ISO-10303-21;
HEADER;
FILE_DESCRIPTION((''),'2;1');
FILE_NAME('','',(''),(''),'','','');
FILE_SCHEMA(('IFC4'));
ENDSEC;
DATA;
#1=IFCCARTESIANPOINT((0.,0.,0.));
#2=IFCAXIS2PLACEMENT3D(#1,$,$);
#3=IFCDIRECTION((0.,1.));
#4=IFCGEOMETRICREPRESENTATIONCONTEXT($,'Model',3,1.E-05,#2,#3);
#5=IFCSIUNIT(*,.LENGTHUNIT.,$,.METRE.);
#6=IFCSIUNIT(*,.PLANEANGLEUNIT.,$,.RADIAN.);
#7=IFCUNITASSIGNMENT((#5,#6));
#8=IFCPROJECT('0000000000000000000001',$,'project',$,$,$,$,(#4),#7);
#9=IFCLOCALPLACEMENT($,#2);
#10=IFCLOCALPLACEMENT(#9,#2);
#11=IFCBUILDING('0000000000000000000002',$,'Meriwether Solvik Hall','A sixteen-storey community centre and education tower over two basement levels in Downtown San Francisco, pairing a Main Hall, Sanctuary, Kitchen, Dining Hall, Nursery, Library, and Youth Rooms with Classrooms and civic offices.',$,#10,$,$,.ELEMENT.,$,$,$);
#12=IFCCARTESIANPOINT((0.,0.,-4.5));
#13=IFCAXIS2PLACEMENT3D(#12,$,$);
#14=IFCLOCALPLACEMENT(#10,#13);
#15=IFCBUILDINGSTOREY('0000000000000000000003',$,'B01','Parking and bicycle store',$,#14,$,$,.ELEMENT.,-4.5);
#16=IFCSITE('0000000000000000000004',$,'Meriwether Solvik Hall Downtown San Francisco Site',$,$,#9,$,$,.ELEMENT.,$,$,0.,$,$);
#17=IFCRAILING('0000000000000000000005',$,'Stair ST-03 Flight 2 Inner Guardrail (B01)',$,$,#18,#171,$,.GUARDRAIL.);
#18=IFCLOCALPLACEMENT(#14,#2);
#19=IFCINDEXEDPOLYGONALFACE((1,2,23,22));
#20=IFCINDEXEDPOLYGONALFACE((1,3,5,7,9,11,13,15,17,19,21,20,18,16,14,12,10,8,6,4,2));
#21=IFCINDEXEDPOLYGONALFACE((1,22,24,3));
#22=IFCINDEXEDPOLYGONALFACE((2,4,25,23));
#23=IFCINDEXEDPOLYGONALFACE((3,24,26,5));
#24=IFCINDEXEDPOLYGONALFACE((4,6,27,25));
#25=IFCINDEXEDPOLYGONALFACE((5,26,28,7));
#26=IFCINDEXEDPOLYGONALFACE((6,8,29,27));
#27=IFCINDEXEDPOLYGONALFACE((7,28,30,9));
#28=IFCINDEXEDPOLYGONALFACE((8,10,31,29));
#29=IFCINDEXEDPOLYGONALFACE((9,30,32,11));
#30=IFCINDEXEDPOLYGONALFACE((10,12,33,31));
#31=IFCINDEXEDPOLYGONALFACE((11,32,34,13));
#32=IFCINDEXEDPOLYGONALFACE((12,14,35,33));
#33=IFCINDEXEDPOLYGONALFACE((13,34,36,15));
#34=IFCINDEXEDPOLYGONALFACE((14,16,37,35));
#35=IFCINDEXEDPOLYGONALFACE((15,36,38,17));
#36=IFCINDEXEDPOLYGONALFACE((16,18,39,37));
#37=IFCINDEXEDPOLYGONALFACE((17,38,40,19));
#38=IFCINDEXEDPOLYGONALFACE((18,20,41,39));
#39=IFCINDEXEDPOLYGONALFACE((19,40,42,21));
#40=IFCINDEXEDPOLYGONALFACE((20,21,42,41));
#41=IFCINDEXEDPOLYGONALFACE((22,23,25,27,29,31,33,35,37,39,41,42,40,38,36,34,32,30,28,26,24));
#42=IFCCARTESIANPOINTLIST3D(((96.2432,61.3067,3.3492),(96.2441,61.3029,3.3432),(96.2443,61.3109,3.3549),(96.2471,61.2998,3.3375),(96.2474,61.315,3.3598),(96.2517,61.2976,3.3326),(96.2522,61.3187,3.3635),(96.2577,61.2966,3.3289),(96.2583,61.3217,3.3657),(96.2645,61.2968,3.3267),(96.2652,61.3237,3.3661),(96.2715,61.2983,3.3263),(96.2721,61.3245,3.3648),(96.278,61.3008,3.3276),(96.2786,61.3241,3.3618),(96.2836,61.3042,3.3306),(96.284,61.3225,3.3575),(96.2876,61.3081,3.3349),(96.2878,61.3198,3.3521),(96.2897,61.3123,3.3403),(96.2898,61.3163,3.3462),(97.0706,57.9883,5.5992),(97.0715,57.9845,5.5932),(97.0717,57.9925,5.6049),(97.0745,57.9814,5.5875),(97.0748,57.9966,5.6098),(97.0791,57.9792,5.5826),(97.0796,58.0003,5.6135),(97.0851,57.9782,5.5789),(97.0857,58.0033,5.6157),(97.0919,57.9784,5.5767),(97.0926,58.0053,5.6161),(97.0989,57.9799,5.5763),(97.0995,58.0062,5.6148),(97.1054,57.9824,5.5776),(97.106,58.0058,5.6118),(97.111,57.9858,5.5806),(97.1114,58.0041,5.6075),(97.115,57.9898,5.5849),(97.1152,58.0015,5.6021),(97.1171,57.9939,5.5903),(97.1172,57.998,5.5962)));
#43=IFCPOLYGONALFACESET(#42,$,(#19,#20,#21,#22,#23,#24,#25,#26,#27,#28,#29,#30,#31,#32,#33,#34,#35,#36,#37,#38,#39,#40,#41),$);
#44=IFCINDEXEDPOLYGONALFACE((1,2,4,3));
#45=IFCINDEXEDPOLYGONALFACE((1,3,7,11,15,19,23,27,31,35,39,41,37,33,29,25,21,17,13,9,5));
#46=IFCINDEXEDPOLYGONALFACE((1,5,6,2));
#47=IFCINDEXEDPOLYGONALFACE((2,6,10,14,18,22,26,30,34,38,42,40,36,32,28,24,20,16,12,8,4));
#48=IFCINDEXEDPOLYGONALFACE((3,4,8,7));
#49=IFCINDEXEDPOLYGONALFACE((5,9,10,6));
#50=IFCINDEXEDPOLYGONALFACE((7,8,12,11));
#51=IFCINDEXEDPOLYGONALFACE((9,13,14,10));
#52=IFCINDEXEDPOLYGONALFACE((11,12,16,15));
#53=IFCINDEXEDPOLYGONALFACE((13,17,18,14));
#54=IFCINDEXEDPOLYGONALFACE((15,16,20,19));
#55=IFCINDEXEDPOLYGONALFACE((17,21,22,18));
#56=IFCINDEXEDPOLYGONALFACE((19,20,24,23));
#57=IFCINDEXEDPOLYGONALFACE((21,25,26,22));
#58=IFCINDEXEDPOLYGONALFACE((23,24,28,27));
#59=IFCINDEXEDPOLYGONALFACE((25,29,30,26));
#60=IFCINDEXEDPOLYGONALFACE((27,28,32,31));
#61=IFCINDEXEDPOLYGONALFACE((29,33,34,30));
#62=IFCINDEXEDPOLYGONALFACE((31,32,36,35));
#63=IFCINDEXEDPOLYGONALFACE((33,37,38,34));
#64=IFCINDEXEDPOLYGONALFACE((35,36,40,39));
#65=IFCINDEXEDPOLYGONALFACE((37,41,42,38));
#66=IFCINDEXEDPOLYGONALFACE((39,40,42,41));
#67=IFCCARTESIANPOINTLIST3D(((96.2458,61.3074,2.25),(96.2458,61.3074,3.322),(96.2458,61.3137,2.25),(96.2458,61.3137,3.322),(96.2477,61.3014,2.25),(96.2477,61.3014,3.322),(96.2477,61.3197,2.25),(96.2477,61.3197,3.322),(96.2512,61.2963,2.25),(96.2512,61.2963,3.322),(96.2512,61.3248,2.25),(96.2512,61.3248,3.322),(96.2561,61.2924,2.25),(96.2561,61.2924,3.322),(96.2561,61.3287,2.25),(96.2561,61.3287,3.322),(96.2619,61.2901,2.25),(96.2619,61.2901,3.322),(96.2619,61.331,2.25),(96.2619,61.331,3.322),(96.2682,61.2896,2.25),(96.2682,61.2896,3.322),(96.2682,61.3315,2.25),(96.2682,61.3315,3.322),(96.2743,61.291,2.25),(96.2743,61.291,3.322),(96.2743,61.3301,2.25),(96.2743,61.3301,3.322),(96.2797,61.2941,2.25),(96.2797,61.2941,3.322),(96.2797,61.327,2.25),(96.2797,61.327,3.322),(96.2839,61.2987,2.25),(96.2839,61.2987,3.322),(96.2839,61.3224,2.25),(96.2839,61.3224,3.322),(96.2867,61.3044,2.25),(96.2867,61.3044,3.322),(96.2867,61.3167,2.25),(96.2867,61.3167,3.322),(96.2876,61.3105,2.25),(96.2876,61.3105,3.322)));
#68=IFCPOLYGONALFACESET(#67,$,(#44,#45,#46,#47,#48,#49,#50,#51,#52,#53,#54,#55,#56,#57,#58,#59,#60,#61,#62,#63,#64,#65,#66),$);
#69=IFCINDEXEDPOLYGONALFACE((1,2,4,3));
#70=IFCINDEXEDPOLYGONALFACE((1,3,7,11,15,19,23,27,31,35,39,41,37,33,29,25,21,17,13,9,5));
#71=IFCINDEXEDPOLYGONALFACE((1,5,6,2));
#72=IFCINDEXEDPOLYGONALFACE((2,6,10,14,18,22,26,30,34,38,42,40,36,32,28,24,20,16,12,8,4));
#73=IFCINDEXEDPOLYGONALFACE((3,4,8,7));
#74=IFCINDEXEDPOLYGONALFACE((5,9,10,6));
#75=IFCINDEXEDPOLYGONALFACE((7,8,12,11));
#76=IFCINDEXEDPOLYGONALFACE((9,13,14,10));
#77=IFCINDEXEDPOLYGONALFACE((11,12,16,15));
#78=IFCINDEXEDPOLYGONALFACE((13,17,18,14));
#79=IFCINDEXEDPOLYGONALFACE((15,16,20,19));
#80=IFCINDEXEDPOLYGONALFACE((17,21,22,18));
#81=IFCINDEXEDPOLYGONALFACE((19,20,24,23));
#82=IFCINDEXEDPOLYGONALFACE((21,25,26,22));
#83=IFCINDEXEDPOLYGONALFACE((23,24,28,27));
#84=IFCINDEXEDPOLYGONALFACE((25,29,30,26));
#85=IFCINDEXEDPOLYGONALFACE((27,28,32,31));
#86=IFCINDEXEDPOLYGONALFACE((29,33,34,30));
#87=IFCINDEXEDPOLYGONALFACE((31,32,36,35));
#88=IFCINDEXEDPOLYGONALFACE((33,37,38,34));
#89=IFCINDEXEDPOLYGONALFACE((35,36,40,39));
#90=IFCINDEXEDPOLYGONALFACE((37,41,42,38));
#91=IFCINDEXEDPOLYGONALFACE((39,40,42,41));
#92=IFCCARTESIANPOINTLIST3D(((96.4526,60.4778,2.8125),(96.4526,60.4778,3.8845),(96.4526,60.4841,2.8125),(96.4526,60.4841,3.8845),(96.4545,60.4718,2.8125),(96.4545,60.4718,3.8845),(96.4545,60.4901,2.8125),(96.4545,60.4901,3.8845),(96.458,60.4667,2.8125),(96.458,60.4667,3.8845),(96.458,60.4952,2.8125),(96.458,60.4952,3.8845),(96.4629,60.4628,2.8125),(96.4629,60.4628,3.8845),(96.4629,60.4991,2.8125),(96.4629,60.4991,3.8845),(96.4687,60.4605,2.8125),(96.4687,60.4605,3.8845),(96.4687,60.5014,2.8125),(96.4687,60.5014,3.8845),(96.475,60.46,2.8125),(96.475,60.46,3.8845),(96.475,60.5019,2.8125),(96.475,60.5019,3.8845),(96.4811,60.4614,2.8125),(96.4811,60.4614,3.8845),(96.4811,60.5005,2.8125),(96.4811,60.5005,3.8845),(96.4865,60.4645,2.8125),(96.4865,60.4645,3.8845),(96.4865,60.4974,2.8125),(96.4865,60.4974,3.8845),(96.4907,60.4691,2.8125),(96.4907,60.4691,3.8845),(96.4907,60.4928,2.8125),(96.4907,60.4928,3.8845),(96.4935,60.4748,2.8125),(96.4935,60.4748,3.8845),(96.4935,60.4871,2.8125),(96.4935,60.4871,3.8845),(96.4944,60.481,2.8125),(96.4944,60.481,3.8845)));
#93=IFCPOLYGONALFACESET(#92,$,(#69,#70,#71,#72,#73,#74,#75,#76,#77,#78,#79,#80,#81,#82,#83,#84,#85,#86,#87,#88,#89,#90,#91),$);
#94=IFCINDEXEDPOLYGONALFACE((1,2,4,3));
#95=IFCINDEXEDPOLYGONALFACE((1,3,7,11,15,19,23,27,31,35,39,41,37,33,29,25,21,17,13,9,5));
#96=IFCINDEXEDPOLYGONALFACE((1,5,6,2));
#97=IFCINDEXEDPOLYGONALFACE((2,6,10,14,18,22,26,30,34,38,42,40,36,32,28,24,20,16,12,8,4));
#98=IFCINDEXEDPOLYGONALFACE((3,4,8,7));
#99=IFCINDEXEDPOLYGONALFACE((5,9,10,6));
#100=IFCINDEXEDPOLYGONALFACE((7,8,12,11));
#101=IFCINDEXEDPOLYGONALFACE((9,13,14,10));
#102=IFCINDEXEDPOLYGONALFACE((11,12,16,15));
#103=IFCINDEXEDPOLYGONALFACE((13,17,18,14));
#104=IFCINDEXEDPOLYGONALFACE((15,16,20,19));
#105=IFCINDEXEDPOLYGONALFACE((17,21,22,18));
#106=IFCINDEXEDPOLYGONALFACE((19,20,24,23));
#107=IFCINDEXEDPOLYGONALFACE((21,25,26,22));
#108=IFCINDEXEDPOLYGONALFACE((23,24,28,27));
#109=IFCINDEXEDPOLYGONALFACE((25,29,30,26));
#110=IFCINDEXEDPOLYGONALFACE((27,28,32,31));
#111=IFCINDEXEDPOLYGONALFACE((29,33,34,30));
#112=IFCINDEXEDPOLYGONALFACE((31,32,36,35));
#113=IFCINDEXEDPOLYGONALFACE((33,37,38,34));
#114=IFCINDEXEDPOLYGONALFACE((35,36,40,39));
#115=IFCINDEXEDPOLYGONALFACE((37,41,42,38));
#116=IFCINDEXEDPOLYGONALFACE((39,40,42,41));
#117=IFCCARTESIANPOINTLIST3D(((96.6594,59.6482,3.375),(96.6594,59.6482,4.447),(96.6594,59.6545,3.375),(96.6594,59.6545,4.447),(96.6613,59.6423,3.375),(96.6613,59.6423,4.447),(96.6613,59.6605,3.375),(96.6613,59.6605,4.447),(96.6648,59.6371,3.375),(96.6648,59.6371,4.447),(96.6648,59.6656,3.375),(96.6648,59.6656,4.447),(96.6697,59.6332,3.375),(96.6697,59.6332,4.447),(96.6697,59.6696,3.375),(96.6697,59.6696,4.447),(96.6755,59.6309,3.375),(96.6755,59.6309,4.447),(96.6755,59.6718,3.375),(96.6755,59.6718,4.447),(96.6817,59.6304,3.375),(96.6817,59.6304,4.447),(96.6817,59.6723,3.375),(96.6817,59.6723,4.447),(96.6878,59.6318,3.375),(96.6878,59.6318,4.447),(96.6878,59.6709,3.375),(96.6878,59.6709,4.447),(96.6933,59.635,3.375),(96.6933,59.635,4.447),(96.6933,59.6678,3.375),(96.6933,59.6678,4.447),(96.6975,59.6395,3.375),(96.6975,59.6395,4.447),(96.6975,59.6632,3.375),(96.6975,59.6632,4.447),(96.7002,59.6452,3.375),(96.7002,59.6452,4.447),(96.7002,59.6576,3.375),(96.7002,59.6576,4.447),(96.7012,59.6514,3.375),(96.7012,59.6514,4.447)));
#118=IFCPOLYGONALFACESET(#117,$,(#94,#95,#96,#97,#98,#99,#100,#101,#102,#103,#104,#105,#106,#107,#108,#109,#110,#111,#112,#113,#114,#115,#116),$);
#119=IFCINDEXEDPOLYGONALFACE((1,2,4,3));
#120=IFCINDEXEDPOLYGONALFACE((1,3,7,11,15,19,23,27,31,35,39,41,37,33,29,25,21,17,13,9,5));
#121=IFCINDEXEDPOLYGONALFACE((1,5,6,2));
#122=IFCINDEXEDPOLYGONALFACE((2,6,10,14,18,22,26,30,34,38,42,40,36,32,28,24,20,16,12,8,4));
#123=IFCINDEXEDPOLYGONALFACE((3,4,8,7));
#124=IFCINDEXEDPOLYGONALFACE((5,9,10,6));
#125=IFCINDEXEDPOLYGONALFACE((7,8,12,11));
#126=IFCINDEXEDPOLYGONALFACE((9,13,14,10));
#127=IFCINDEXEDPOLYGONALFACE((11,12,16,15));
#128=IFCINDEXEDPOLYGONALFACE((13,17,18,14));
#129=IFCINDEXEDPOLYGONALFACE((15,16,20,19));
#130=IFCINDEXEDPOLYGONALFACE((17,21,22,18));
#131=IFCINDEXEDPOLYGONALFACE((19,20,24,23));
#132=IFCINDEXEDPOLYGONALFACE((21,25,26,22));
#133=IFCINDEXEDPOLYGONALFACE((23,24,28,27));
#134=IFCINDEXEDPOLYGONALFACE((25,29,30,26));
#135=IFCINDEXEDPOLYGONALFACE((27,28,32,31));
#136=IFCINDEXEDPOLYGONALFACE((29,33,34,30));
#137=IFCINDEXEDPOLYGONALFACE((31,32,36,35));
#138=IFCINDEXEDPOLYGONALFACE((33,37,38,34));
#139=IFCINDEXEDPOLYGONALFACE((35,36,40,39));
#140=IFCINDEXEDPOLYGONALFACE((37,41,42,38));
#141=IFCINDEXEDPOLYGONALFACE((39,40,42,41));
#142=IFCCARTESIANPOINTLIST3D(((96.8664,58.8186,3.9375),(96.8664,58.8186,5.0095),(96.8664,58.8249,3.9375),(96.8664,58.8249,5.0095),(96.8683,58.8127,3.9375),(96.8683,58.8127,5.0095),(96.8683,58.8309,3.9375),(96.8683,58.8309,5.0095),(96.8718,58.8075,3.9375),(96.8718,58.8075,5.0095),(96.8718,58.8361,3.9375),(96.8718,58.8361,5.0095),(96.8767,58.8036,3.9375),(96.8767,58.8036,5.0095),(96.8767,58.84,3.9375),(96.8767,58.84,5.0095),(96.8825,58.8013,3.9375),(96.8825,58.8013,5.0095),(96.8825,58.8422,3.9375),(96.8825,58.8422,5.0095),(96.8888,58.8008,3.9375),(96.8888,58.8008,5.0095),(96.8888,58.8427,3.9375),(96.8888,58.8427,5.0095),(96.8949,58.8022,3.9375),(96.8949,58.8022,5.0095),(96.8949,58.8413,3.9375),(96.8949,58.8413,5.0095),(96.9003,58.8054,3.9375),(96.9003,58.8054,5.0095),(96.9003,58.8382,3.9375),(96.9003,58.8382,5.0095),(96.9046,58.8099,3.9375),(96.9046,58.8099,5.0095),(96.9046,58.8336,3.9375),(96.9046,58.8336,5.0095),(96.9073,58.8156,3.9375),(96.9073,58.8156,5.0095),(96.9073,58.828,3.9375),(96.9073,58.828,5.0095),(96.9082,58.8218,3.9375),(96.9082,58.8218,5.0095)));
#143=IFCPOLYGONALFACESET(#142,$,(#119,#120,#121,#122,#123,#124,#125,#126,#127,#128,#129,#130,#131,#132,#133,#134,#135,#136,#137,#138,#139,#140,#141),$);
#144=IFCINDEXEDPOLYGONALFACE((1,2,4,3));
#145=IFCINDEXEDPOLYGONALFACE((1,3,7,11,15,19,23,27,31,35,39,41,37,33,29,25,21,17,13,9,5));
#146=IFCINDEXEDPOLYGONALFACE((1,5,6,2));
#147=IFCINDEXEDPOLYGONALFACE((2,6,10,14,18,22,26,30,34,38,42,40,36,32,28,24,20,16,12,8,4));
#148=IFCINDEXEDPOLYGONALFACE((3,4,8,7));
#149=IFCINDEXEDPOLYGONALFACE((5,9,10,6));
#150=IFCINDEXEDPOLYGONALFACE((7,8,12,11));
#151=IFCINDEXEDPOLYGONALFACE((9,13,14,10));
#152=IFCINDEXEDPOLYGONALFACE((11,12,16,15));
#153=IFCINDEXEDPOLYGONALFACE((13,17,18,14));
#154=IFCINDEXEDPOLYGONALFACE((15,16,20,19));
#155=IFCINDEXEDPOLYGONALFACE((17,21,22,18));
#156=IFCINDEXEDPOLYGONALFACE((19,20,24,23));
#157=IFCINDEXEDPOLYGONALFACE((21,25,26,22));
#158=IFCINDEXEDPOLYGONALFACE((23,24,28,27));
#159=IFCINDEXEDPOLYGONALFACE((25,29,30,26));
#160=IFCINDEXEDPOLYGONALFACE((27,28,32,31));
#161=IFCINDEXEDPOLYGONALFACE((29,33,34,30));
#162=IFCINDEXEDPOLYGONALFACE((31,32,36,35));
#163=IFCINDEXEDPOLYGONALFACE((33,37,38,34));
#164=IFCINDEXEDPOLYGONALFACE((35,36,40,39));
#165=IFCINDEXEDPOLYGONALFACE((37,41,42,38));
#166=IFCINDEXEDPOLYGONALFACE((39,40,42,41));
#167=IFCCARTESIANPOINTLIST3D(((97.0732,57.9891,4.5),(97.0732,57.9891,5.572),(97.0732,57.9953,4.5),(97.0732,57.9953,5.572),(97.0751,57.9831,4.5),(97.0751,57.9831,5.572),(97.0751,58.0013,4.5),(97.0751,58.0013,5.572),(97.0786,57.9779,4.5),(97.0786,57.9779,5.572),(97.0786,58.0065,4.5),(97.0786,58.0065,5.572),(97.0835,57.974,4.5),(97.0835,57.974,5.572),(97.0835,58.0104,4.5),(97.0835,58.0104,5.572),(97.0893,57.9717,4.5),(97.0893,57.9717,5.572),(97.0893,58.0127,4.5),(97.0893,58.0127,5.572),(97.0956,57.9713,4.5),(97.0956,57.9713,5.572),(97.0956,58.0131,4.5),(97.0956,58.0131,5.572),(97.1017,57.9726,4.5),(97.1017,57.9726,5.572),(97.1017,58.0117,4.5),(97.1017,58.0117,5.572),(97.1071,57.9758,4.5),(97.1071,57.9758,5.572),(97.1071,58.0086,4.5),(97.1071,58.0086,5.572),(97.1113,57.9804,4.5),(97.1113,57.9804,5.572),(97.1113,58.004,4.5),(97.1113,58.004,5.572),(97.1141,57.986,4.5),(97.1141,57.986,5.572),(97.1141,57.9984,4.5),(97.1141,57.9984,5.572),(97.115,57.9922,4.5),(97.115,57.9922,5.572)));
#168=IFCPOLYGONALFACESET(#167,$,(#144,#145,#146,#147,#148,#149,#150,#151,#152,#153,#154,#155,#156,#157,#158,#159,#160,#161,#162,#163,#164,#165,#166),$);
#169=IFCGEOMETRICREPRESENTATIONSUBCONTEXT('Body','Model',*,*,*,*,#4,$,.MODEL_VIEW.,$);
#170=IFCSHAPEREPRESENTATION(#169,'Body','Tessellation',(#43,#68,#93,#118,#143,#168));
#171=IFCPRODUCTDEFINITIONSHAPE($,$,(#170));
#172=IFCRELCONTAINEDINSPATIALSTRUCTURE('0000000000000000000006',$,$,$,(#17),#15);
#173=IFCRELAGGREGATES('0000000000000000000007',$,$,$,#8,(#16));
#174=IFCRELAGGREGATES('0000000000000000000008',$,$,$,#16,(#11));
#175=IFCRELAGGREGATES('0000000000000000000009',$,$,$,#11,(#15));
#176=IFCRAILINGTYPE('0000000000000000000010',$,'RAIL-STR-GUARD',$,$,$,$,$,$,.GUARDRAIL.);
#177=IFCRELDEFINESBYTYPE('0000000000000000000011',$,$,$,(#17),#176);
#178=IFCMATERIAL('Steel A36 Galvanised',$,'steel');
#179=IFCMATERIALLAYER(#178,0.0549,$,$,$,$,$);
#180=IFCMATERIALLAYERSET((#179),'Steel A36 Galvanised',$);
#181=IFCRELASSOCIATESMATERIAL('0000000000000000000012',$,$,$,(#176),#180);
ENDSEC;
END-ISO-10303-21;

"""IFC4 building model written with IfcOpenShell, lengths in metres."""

from ifc_helpers import new_model, si_unit, direction, frame, origin, origin_2d, place, context, subcontext, project, spatial, circle, extrude, material, layer, layer_set, type_object, element, save


model = new_model("IFC4")

# Units and contexts
model_context = context("Model", 3, precision=1e-05, world=origin(), true_north=direction((0.0, 1.0)))
body_context = subcontext(model_context, "Body", "Model", "MODEL_VIEW")
ifc_project = project(units=[si_unit("LENGTHUNIT", "METRE"), si_unit("PLANEANGLEUNIT", "RADIAN")], contexts=[model_context])

# Site, building, storey
site_placement = place(None, origin())
site = spatial("IfcSite", under=ifc_project, at=site_placement, Name="Meriwether Solvik Hall Downtown San Francisco Site", CompositionType="ELEMENT", RefElevation=0.0)
building_placement = place(site_placement, origin())
building = spatial("IfcBuilding", under=site, at=building_placement, Name="Meriwether Solvik Hall", Description="A sixteen-storey community centre and education tower over two basement levels in Downtown San Francisco, pairing a Main Hall, Sanctuary, Kitchen, Dining Hall, Nursery, Library, and Youth Rooms with Classrooms and civic offices.", CompositionType="ELEMENT")
storey_placement = place(building_placement, frame((0.0, 0.0, -4.5)))
storey = spatial("IfcBuildingStorey", under=building, at=storey_placement, Name="B01", Description="Parking and bicycle store", CompositionType="ELEMENT", Elevation=-4.5)

# Railing
ifc_material_1 = material(Name="Steel A36 Galvanised", Category="steel")
ifc_layer_1 = layer(ifc_material_1, 0.0549)
ifc_layer_set_1 = layer_set([ifc_layer_1], Name="Steel A36 Galvanised")
railing_type_1 = type_object("IfcRailingType", Name="RAIL-STR-GUARD", PredefinedType="GUARDRAIL", material=ifc_layer_set_1)
railing_1_placement = place(storey_placement, frame((96.2666, 61.3105, 2.25)))
element("IfcRailing", 1, at=railing_1_placement, inside=storey, type_object=railing_type_1, Name="Stair ST-03 Flight 2 Inner Guardrail (B01)", PredefinedType="GUARDRAIL", context=body_context, shape_type="SweptSolid", body=[
    extrude(circle(Radius=0.0239, at=origin_2d()), frame((0.0, 0.0, 1.0962), z_axis=(0.202112, -0.810596, 0.549622), x_axis=(0.970293, 0.241931, 0.0)), (0.0, 0.0, 1.0), 4.0938),
    extrude(circle(Radius=0.021, at=origin_2d()), origin(), (0.0, 0.0, 1.0), 1.072),
    extrude(circle(Radius=0.021, at=origin_2d()), frame((0.2068, -0.8296, 0.5625)), (0.0, 0.0, 1.0), 1.072),
    extrude(circle(Radius=0.021, at=origin_2d()), frame((0.4136, -1.6592, 1.125)), (0.0, 0.0, 1.0), 1.072),
    extrude(circle(Radius=0.021, at=origin_2d()), frame((0.6206, -2.4888, 1.6875)), (0.0, 0.0, 1.0), 1.072),
    extrude(circle(Radius=0.021, at=origin_2d()), frame((0.8274, -3.3184, 2.25)), (0.0, 0.0, 1.0), 1.072),
])

save(model, "model.ifc")
